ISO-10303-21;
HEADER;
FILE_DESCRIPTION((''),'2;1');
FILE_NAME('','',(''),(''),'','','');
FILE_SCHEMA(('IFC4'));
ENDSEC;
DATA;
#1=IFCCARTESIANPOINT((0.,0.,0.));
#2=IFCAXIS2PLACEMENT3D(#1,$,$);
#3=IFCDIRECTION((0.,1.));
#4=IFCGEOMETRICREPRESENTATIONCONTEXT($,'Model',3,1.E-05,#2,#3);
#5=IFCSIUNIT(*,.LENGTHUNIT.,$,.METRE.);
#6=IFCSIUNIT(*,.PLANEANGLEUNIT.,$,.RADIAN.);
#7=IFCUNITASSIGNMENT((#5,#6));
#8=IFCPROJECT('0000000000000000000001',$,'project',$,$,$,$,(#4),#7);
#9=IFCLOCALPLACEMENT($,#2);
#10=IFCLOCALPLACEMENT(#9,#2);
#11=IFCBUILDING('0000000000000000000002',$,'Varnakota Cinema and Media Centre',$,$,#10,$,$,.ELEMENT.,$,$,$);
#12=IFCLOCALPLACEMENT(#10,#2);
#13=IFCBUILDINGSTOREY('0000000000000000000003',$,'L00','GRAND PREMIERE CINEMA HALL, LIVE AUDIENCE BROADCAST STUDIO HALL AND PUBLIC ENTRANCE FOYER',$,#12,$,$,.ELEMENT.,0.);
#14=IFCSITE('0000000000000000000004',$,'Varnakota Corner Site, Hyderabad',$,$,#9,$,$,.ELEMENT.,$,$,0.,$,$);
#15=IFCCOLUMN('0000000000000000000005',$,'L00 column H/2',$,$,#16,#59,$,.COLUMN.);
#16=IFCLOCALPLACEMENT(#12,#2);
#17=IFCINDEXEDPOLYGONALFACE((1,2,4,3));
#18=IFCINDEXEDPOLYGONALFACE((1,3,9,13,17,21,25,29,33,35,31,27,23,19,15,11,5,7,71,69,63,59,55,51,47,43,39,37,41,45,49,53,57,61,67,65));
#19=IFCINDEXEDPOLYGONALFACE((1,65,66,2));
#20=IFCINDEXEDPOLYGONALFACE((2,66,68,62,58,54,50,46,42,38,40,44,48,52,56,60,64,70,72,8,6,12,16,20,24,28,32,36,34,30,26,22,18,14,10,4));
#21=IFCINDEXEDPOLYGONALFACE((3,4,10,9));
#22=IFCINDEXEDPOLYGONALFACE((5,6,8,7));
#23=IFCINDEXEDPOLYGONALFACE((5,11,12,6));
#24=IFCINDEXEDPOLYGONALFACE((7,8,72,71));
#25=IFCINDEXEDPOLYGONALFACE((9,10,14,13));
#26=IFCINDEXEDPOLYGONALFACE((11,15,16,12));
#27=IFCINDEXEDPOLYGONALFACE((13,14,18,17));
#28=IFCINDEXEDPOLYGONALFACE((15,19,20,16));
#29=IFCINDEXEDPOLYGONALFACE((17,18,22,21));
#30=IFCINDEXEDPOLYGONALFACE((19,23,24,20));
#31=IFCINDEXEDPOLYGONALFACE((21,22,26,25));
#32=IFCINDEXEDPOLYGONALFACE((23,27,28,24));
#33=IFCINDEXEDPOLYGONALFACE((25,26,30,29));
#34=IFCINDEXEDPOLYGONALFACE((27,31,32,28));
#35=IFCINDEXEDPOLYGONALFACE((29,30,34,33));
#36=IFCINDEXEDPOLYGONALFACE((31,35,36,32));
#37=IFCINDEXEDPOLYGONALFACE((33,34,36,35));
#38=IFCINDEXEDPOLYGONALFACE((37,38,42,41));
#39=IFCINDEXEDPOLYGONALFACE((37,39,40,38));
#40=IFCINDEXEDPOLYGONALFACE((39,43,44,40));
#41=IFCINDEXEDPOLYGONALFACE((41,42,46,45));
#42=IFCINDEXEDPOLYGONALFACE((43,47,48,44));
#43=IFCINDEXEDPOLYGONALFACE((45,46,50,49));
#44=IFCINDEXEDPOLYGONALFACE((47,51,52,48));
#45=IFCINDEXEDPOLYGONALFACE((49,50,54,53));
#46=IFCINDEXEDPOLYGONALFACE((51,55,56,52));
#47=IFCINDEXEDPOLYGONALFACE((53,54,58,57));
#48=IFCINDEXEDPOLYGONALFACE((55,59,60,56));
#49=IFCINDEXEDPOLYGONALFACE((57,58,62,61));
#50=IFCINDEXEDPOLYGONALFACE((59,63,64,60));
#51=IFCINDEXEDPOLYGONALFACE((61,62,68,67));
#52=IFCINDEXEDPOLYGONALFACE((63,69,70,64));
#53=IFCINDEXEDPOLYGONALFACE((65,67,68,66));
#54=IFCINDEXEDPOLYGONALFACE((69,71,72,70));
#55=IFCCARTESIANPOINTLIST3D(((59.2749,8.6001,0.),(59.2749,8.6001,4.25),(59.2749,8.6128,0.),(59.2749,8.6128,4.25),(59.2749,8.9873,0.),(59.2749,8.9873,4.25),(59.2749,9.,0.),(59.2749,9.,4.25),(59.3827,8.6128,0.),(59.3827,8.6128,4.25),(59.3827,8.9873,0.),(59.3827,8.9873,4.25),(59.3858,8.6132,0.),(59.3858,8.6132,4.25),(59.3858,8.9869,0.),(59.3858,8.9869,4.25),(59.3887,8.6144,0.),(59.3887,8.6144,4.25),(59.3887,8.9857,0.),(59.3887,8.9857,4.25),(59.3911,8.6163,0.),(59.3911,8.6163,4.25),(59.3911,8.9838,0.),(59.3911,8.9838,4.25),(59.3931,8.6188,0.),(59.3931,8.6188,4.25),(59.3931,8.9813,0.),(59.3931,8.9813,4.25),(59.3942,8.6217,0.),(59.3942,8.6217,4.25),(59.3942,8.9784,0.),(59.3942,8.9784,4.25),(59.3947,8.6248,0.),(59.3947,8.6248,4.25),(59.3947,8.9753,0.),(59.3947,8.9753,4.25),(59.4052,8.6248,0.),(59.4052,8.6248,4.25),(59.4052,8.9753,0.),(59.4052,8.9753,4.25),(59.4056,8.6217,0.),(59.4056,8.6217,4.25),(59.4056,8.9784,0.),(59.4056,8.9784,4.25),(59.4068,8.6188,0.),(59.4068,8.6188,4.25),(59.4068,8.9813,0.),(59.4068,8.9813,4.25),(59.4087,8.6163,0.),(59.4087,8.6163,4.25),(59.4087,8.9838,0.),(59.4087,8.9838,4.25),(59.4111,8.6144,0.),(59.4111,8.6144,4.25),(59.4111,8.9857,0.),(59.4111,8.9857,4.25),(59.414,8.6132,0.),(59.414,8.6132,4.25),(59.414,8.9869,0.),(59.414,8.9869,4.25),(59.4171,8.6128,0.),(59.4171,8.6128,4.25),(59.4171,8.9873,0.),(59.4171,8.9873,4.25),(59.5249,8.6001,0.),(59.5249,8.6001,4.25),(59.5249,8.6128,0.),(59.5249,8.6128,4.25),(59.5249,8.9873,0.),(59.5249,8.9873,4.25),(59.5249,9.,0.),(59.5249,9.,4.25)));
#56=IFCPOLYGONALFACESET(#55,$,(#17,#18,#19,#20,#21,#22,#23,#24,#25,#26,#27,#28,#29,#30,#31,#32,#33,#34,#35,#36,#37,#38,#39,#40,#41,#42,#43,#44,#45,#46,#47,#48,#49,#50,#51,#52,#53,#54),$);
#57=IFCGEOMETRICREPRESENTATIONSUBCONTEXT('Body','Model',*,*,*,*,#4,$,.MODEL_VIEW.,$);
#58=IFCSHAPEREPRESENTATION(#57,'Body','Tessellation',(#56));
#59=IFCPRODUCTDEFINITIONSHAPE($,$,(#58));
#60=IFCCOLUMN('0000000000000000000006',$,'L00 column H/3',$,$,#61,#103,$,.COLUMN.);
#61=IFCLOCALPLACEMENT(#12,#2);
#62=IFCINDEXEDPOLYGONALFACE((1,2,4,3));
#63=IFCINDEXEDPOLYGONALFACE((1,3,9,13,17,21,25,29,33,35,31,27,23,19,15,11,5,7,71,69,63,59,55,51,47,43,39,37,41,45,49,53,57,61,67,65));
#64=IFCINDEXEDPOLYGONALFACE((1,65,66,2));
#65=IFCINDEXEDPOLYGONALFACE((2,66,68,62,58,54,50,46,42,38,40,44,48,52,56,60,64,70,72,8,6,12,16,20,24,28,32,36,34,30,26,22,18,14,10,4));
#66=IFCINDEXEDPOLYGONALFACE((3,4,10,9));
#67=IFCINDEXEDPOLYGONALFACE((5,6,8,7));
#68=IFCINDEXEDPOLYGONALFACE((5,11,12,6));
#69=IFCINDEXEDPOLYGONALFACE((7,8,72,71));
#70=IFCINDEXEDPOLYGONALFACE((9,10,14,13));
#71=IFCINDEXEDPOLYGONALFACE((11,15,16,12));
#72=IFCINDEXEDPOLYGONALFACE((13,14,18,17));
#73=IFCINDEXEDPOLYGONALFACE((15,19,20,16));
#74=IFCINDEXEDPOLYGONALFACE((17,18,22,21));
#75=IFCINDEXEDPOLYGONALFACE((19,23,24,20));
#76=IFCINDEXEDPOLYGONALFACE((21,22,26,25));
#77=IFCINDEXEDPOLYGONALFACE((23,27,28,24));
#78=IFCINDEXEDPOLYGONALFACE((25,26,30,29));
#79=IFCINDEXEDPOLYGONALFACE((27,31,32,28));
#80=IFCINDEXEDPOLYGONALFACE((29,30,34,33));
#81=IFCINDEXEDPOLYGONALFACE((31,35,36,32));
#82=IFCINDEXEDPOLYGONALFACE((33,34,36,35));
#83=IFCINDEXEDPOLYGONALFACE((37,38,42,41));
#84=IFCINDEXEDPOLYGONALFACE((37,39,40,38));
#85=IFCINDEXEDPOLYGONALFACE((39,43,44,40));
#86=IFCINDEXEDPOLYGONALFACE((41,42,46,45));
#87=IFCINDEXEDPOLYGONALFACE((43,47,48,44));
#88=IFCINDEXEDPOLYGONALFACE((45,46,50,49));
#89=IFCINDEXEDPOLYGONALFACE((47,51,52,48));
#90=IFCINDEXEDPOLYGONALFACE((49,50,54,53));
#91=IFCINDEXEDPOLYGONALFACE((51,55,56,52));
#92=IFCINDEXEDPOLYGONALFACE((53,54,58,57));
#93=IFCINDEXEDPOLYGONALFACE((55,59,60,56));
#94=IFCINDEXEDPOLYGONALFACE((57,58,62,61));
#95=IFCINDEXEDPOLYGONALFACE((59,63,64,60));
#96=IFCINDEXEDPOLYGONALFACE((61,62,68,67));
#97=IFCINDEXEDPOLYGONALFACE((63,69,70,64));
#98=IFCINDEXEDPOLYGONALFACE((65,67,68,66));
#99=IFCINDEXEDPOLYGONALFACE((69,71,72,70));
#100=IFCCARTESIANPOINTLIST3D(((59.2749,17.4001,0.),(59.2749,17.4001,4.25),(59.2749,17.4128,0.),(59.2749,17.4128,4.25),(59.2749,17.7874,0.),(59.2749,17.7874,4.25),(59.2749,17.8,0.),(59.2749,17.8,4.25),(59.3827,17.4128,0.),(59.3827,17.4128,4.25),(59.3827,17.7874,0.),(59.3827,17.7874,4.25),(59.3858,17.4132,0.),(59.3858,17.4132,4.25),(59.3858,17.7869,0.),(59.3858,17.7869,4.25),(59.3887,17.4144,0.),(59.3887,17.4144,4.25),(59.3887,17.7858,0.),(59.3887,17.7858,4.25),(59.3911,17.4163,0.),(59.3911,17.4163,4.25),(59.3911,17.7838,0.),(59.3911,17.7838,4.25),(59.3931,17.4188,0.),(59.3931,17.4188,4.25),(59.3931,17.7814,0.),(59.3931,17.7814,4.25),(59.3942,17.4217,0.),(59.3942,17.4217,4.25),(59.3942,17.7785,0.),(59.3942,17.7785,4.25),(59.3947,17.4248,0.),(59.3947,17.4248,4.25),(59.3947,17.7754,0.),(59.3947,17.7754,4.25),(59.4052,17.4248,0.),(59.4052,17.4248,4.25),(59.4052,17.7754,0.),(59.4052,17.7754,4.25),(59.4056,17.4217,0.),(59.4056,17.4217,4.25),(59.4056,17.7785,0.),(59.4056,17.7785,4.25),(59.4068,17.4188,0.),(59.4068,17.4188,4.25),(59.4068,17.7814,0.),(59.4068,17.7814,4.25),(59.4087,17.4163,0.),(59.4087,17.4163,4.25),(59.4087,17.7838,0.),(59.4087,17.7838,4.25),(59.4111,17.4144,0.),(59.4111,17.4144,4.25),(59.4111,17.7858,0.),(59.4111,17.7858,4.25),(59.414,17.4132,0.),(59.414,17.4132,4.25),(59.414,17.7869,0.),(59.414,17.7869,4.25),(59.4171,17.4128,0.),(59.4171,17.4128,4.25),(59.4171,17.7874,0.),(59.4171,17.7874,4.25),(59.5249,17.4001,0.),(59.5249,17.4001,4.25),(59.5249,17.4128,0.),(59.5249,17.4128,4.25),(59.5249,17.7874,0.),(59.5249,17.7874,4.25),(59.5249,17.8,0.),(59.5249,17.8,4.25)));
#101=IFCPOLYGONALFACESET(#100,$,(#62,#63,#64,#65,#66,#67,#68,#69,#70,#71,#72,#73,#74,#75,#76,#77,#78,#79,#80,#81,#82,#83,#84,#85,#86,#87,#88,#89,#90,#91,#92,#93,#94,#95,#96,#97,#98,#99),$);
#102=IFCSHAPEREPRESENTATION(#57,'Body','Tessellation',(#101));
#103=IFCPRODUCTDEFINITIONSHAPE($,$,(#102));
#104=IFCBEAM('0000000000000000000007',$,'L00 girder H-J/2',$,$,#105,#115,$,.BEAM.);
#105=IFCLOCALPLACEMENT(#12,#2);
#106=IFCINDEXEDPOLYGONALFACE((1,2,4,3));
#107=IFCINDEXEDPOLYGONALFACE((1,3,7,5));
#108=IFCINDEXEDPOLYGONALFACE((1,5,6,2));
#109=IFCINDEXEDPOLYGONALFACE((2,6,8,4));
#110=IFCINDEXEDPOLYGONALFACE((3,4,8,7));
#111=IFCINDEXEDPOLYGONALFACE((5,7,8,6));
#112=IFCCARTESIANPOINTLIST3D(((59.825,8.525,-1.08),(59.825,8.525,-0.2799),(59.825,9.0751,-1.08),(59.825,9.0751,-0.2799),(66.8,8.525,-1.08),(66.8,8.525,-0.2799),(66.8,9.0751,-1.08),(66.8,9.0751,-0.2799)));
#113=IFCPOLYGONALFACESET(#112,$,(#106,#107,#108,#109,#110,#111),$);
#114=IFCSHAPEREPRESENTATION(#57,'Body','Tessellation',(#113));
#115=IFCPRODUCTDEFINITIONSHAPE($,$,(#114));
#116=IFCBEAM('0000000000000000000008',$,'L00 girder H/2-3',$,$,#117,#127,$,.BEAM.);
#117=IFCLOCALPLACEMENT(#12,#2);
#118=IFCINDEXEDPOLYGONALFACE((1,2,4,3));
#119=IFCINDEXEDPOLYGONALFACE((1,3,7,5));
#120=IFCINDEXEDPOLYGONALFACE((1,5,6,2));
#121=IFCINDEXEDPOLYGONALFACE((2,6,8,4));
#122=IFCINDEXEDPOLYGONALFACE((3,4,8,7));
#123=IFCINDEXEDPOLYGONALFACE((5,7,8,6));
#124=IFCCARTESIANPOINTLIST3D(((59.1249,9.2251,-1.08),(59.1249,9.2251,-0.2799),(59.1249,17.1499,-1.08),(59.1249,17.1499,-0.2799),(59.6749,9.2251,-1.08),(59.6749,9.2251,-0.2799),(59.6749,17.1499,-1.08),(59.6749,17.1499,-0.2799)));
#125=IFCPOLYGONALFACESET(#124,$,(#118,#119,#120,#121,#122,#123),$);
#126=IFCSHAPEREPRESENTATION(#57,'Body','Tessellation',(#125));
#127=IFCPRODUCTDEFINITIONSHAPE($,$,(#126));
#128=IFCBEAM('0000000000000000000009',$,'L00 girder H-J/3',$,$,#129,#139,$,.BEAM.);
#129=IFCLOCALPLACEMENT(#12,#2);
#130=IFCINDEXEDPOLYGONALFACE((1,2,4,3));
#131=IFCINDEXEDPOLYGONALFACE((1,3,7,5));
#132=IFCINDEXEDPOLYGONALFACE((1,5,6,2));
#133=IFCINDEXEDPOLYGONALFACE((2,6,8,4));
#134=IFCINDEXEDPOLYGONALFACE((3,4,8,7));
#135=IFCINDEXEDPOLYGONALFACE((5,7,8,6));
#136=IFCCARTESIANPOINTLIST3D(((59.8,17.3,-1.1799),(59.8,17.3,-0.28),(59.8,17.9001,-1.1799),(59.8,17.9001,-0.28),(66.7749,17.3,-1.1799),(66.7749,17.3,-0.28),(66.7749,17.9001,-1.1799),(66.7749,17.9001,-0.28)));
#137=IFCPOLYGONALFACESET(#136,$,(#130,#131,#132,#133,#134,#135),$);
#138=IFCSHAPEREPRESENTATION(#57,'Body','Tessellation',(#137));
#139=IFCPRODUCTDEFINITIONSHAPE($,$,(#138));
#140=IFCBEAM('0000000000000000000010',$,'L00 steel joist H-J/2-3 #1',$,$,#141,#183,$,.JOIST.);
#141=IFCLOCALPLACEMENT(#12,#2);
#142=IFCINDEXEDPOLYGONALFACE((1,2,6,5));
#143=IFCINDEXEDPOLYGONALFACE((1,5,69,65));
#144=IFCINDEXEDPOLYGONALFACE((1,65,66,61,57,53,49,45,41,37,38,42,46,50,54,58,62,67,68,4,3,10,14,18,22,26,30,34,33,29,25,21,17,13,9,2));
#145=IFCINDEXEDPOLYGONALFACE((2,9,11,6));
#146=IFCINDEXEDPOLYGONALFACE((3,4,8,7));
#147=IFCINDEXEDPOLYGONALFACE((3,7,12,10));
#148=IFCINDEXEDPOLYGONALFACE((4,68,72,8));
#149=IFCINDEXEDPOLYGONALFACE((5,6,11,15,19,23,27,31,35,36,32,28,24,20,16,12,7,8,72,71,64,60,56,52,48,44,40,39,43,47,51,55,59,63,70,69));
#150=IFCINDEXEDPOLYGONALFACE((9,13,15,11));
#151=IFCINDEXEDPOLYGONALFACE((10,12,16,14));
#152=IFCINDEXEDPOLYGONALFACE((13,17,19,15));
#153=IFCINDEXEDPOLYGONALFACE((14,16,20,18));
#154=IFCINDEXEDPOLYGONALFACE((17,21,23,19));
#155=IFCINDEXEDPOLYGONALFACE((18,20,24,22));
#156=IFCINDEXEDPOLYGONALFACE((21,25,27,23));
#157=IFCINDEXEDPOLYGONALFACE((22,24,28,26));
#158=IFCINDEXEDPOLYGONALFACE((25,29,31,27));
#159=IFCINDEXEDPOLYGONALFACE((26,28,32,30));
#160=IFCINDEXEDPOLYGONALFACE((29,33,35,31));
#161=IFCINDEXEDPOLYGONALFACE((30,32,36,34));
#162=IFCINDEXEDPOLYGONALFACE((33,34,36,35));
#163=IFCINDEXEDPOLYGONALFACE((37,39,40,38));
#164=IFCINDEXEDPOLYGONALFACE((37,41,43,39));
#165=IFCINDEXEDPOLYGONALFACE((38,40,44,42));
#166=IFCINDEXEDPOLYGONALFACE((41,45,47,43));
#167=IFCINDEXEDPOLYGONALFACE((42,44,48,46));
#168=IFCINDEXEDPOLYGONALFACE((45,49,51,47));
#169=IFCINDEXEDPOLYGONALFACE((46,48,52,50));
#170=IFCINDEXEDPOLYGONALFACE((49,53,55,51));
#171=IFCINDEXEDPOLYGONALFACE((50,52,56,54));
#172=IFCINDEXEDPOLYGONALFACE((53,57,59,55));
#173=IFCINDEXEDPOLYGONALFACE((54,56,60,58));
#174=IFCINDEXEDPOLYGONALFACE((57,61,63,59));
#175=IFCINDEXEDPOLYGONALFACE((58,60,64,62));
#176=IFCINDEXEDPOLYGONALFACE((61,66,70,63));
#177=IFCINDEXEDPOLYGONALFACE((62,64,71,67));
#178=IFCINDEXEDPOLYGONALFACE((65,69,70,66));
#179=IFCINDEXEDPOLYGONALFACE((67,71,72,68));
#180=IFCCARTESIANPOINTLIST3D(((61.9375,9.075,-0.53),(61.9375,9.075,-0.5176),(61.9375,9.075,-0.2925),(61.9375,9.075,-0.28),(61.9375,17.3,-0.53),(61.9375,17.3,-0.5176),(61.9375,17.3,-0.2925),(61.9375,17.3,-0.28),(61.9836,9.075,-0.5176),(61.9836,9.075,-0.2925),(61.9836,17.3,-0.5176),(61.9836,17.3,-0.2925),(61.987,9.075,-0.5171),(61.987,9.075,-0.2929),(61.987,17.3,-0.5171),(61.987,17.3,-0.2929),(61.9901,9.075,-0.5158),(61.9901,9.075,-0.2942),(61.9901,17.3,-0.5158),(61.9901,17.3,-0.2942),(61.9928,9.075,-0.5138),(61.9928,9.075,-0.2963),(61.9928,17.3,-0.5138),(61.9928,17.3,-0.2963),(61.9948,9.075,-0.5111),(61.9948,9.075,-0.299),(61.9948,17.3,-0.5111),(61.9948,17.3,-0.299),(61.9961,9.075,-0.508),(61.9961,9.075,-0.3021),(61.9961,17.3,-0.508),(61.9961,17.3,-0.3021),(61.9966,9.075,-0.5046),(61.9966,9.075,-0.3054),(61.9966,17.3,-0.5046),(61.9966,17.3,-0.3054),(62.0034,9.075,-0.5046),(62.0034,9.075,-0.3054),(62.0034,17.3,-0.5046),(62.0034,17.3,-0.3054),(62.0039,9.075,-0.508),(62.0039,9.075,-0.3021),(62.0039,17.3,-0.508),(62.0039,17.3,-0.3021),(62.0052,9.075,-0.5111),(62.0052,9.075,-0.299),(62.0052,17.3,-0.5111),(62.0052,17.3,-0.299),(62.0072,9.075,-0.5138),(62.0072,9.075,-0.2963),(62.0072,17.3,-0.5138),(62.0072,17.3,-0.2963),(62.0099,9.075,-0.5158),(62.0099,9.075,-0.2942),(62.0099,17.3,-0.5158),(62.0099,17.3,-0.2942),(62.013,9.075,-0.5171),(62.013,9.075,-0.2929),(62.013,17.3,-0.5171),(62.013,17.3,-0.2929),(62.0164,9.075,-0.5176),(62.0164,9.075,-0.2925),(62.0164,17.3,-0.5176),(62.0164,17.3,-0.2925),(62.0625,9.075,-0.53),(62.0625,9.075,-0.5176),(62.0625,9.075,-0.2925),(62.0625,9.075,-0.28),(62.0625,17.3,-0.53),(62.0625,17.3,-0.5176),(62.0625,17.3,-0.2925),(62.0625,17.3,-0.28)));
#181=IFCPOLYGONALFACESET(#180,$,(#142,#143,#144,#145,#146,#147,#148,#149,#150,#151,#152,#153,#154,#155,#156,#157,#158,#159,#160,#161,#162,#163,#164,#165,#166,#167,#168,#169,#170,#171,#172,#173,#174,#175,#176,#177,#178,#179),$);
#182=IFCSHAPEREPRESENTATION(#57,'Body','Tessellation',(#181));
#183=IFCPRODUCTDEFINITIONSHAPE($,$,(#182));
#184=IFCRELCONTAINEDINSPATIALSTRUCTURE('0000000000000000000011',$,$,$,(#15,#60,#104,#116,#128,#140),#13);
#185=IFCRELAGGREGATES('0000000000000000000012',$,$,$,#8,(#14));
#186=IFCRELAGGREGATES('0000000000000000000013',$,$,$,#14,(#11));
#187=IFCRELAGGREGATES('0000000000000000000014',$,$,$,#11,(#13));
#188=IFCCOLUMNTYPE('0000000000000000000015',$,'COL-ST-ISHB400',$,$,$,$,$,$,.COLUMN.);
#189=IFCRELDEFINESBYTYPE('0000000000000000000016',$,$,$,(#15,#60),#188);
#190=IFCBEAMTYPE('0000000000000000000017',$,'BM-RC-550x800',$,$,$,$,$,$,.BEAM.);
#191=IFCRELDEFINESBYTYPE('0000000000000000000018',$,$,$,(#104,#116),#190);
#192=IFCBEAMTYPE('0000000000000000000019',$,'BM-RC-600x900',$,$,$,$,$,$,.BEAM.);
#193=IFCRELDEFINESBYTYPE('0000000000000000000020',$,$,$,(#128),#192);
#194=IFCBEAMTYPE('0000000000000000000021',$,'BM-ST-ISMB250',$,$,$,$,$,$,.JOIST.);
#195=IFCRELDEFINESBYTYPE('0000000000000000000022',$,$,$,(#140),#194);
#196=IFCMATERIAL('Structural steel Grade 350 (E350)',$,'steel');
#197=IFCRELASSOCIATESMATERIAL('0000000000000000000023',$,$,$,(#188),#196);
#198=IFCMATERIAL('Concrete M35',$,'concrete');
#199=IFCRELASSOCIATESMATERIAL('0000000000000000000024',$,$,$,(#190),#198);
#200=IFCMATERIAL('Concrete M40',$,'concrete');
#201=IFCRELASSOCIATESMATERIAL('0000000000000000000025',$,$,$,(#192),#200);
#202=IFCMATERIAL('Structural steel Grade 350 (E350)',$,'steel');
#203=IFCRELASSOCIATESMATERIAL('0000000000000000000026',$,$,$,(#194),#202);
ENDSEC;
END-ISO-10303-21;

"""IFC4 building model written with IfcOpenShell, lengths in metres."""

from ifc_helpers import new_model, si_unit, direction, frame, origin, origin_2d, place, context, subcontext, project, spatial, rectangle, i_section, extrude, material, material_profile, profile_set, type_object, element, save


model = new_model("IFC4")

# Units and contexts
model_context = context("Model", 3, precision=1e-05, world=origin(), true_north=direction((0.0, 1.0)))
body_context = subcontext(model_context, "Body", "Model", "MODEL_VIEW")
ifc_project = project(units=[si_unit("LENGTHUNIT", "METRE"), si_unit("PLANEANGLEUNIT", "RADIAN")], contexts=[model_context])

# Site, building, storey
site_placement = place(None, origin())
site = spatial("IfcSite", under=ifc_project, at=site_placement, Name="Varnakota Corner Site, Hyderabad", CompositionType="ELEMENT", RefElevation=0.0)
building_placement = place(site_placement, origin())
building = spatial("IfcBuilding", under=site, at=building_placement, Name="Varnakota Cinema and Media Centre", CompositionType="ELEMENT")
storey_placement = place(building_placement, origin())
storey = spatial("IfcBuildingStorey", under=building, at=storey_placement, Name="L00", Description="GRAND PREMIERE CINEMA HALL, LIVE AUDIENCE BROADCAST STUDIO HALL AND PUBLIC ENTRANCE FOYER", CompositionType="ELEMENT", Elevation=0.0)

# Columns
ifc_material_1 = material(Name="Structural steel Grade 350 (E350)", Category="steel")
ifc_material_profile_1 = material_profile(ifc_material_1, i_section(OverallWidth=0.25, OverallDepth=0.3999, WebThickness=0.0105, FlangeThickness=0.0127, FilletRadius=0.012, at=origin_2d()), Name="ISHB 400")
ifc_profile_set_1 = profile_set([ifc_material_profile_1], Name="Structural steel Grade 350 (E350)")
column_type = type_object("IfcColumnType", Name="COL-ST-ISHB400", PredefinedType="COLUMN", material=ifc_profile_set_1)
for number, where, z_axis, x_axis, name in (
    (1, (59.3999, 8.8, 0.0), (0.0, 0.0, 1.0), (1.0, 0.0, 0.0), "L00 column H/2"),
    (2, (59.3999, 17.6001, 0.0), (0.0, 0.0, 1.0), (1.0, 0.0, 0.0), "L00 column H/3"),
):
    element("IfcColumn", number, at=place(storey_placement, frame(where, z_axis=z_axis, x_axis=x_axis)), inside=storey, type_object=column_type, Name=name, PredefinedType="COLUMN", context=body_context, shape_type="SweptSolid", body=[
        extrude(i_section(OverallWidth=0.25, OverallDepth=0.3999, WebThickness=0.0105, FlangeThickness=0.0127, FilletRadius=0.012, at=origin_2d()), origin(), (0.0, 0.0, 1.0), 4.25),
    ])

# Beams
ifc_material_2 = material(Name="Concrete M35", Category="concrete")
ifc_material_profile_2 = material_profile(ifc_material_2, rectangle(XDim=0.55, YDim=0.8, at=origin_2d()), Name="RCB 550x800")
ifc_profile_set_2 = profile_set([ifc_material_profile_2], Name="Concrete M35")
beam_type_1 = type_object("IfcBeamType", Name="BM-RC-550x800", PredefinedType="BEAM", material=ifc_profile_set_2)
beam_1_placement = place(storey_placement, frame((59.825, 8.8, -0.6799), z_axis=(1.0, 0.0, 0.0), x_axis=(0.0, 1.0, 0.0)))
element("IfcBeam", 3, at=beam_1_placement, inside=storey, type_object=beam_type_1, Name="L00 girder H-J/2", PredefinedType="BEAM", context=body_context, shape_type="SweptSolid", body=[
    extrude(rectangle(XDim=0.55, YDim=0.8, at=origin_2d()), origin(), (0.0, 0.0, 1.0), 6.9751),
])
beam_2_placement = place(storey_placement, frame((59.3999, 9.2251, -0.6799), z_axis=(0.0, 1.0, 0.0), x_axis=(-1.0, 0.0, 0.0)))
element("IfcBeam", 4, at=beam_2_placement, inside=storey, type_object=beam_type_1, Name="L00 girder H/2-3", PredefinedType="BEAM", context=body_context, shape_type="SweptSolid", body=[
    extrude(rectangle(XDim=0.55, YDim=0.8, at=origin_2d()), origin(), (0.0, 0.0, 1.0), 7.9248),
])
ifc_material_3 = material(Name="Concrete M40", Category="concrete")
ifc_material_profile_3 = material_profile(ifc_material_3, rectangle(XDim=0.6001, YDim=0.8999, at=origin_2d()), Name="RCB 600x900")
ifc_profile_set_3 = profile_set([ifc_material_profile_3], Name="Concrete M40")
beam_type_2 = type_object("IfcBeamType", Name="BM-RC-600x900", PredefinedType="BEAM", material=ifc_profile_set_3)
beam_3_placement = place(storey_placement, frame((59.8, 17.6001, -0.73), z_axis=(1.0, 0.0, 0.0), x_axis=(0.0, 1.0, 0.0)))
element("IfcBeam", 5, at=beam_3_placement, inside=storey, type_object=beam_type_2, Name="L00 girder H-J/3", PredefinedType="BEAM", context=body_context, shape_type="SweptSolid", body=[
    extrude(rectangle(XDim=0.6001, YDim=0.8999, at=origin_2d()), origin(), (0.0, 0.0, 1.0), 6.9749),
])
ifc_material_4 = material(Name="Structural steel Grade 350 (E350)", Category="steel")
ifc_material_profile_4 = material_profile(ifc_material_4, i_section(OverallWidth=0.125, OverallDepth=0.25, WebThickness=0.0068, FlangeThickness=0.0125, FilletRadius=0.0129, at=origin_2d()), Name="ISMB 250")
ifc_profile_set_4 = profile_set([ifc_material_profile_4], Name="Structural steel Grade 350 (E350)")
beam_type_3 = type_object("IfcBeamType", Name="BM-ST-ISMB250", PredefinedType="JOIST", material=ifc_profile_set_4)
for number, where, z_axis, x_axis, name in (
    (6, (62.0, 9.075, -0.405), (0.0, 1.0, 0.0), (-1.0, 0.0, 0.0), "L00 steel joist H-J/2-3 #1"),
):
    element("IfcBeam", number, at=place(storey_placement, frame(where, z_axis=z_axis, x_axis=x_axis)), inside=storey, type_object=beam_type_3, Name=name, PredefinedType="JOIST", context=body_context, shape_type="SweptSolid", body=[
        extrude(i_section(OverallWidth=0.125, OverallDepth=0.25, WebThickness=0.0068, FlangeThickness=0.0125, FilletRadius=0.0129, at=origin_2d()), origin(), (0.0, 0.0, 1.0), 8.2251),
    ])

save(model, "model.ifc")
